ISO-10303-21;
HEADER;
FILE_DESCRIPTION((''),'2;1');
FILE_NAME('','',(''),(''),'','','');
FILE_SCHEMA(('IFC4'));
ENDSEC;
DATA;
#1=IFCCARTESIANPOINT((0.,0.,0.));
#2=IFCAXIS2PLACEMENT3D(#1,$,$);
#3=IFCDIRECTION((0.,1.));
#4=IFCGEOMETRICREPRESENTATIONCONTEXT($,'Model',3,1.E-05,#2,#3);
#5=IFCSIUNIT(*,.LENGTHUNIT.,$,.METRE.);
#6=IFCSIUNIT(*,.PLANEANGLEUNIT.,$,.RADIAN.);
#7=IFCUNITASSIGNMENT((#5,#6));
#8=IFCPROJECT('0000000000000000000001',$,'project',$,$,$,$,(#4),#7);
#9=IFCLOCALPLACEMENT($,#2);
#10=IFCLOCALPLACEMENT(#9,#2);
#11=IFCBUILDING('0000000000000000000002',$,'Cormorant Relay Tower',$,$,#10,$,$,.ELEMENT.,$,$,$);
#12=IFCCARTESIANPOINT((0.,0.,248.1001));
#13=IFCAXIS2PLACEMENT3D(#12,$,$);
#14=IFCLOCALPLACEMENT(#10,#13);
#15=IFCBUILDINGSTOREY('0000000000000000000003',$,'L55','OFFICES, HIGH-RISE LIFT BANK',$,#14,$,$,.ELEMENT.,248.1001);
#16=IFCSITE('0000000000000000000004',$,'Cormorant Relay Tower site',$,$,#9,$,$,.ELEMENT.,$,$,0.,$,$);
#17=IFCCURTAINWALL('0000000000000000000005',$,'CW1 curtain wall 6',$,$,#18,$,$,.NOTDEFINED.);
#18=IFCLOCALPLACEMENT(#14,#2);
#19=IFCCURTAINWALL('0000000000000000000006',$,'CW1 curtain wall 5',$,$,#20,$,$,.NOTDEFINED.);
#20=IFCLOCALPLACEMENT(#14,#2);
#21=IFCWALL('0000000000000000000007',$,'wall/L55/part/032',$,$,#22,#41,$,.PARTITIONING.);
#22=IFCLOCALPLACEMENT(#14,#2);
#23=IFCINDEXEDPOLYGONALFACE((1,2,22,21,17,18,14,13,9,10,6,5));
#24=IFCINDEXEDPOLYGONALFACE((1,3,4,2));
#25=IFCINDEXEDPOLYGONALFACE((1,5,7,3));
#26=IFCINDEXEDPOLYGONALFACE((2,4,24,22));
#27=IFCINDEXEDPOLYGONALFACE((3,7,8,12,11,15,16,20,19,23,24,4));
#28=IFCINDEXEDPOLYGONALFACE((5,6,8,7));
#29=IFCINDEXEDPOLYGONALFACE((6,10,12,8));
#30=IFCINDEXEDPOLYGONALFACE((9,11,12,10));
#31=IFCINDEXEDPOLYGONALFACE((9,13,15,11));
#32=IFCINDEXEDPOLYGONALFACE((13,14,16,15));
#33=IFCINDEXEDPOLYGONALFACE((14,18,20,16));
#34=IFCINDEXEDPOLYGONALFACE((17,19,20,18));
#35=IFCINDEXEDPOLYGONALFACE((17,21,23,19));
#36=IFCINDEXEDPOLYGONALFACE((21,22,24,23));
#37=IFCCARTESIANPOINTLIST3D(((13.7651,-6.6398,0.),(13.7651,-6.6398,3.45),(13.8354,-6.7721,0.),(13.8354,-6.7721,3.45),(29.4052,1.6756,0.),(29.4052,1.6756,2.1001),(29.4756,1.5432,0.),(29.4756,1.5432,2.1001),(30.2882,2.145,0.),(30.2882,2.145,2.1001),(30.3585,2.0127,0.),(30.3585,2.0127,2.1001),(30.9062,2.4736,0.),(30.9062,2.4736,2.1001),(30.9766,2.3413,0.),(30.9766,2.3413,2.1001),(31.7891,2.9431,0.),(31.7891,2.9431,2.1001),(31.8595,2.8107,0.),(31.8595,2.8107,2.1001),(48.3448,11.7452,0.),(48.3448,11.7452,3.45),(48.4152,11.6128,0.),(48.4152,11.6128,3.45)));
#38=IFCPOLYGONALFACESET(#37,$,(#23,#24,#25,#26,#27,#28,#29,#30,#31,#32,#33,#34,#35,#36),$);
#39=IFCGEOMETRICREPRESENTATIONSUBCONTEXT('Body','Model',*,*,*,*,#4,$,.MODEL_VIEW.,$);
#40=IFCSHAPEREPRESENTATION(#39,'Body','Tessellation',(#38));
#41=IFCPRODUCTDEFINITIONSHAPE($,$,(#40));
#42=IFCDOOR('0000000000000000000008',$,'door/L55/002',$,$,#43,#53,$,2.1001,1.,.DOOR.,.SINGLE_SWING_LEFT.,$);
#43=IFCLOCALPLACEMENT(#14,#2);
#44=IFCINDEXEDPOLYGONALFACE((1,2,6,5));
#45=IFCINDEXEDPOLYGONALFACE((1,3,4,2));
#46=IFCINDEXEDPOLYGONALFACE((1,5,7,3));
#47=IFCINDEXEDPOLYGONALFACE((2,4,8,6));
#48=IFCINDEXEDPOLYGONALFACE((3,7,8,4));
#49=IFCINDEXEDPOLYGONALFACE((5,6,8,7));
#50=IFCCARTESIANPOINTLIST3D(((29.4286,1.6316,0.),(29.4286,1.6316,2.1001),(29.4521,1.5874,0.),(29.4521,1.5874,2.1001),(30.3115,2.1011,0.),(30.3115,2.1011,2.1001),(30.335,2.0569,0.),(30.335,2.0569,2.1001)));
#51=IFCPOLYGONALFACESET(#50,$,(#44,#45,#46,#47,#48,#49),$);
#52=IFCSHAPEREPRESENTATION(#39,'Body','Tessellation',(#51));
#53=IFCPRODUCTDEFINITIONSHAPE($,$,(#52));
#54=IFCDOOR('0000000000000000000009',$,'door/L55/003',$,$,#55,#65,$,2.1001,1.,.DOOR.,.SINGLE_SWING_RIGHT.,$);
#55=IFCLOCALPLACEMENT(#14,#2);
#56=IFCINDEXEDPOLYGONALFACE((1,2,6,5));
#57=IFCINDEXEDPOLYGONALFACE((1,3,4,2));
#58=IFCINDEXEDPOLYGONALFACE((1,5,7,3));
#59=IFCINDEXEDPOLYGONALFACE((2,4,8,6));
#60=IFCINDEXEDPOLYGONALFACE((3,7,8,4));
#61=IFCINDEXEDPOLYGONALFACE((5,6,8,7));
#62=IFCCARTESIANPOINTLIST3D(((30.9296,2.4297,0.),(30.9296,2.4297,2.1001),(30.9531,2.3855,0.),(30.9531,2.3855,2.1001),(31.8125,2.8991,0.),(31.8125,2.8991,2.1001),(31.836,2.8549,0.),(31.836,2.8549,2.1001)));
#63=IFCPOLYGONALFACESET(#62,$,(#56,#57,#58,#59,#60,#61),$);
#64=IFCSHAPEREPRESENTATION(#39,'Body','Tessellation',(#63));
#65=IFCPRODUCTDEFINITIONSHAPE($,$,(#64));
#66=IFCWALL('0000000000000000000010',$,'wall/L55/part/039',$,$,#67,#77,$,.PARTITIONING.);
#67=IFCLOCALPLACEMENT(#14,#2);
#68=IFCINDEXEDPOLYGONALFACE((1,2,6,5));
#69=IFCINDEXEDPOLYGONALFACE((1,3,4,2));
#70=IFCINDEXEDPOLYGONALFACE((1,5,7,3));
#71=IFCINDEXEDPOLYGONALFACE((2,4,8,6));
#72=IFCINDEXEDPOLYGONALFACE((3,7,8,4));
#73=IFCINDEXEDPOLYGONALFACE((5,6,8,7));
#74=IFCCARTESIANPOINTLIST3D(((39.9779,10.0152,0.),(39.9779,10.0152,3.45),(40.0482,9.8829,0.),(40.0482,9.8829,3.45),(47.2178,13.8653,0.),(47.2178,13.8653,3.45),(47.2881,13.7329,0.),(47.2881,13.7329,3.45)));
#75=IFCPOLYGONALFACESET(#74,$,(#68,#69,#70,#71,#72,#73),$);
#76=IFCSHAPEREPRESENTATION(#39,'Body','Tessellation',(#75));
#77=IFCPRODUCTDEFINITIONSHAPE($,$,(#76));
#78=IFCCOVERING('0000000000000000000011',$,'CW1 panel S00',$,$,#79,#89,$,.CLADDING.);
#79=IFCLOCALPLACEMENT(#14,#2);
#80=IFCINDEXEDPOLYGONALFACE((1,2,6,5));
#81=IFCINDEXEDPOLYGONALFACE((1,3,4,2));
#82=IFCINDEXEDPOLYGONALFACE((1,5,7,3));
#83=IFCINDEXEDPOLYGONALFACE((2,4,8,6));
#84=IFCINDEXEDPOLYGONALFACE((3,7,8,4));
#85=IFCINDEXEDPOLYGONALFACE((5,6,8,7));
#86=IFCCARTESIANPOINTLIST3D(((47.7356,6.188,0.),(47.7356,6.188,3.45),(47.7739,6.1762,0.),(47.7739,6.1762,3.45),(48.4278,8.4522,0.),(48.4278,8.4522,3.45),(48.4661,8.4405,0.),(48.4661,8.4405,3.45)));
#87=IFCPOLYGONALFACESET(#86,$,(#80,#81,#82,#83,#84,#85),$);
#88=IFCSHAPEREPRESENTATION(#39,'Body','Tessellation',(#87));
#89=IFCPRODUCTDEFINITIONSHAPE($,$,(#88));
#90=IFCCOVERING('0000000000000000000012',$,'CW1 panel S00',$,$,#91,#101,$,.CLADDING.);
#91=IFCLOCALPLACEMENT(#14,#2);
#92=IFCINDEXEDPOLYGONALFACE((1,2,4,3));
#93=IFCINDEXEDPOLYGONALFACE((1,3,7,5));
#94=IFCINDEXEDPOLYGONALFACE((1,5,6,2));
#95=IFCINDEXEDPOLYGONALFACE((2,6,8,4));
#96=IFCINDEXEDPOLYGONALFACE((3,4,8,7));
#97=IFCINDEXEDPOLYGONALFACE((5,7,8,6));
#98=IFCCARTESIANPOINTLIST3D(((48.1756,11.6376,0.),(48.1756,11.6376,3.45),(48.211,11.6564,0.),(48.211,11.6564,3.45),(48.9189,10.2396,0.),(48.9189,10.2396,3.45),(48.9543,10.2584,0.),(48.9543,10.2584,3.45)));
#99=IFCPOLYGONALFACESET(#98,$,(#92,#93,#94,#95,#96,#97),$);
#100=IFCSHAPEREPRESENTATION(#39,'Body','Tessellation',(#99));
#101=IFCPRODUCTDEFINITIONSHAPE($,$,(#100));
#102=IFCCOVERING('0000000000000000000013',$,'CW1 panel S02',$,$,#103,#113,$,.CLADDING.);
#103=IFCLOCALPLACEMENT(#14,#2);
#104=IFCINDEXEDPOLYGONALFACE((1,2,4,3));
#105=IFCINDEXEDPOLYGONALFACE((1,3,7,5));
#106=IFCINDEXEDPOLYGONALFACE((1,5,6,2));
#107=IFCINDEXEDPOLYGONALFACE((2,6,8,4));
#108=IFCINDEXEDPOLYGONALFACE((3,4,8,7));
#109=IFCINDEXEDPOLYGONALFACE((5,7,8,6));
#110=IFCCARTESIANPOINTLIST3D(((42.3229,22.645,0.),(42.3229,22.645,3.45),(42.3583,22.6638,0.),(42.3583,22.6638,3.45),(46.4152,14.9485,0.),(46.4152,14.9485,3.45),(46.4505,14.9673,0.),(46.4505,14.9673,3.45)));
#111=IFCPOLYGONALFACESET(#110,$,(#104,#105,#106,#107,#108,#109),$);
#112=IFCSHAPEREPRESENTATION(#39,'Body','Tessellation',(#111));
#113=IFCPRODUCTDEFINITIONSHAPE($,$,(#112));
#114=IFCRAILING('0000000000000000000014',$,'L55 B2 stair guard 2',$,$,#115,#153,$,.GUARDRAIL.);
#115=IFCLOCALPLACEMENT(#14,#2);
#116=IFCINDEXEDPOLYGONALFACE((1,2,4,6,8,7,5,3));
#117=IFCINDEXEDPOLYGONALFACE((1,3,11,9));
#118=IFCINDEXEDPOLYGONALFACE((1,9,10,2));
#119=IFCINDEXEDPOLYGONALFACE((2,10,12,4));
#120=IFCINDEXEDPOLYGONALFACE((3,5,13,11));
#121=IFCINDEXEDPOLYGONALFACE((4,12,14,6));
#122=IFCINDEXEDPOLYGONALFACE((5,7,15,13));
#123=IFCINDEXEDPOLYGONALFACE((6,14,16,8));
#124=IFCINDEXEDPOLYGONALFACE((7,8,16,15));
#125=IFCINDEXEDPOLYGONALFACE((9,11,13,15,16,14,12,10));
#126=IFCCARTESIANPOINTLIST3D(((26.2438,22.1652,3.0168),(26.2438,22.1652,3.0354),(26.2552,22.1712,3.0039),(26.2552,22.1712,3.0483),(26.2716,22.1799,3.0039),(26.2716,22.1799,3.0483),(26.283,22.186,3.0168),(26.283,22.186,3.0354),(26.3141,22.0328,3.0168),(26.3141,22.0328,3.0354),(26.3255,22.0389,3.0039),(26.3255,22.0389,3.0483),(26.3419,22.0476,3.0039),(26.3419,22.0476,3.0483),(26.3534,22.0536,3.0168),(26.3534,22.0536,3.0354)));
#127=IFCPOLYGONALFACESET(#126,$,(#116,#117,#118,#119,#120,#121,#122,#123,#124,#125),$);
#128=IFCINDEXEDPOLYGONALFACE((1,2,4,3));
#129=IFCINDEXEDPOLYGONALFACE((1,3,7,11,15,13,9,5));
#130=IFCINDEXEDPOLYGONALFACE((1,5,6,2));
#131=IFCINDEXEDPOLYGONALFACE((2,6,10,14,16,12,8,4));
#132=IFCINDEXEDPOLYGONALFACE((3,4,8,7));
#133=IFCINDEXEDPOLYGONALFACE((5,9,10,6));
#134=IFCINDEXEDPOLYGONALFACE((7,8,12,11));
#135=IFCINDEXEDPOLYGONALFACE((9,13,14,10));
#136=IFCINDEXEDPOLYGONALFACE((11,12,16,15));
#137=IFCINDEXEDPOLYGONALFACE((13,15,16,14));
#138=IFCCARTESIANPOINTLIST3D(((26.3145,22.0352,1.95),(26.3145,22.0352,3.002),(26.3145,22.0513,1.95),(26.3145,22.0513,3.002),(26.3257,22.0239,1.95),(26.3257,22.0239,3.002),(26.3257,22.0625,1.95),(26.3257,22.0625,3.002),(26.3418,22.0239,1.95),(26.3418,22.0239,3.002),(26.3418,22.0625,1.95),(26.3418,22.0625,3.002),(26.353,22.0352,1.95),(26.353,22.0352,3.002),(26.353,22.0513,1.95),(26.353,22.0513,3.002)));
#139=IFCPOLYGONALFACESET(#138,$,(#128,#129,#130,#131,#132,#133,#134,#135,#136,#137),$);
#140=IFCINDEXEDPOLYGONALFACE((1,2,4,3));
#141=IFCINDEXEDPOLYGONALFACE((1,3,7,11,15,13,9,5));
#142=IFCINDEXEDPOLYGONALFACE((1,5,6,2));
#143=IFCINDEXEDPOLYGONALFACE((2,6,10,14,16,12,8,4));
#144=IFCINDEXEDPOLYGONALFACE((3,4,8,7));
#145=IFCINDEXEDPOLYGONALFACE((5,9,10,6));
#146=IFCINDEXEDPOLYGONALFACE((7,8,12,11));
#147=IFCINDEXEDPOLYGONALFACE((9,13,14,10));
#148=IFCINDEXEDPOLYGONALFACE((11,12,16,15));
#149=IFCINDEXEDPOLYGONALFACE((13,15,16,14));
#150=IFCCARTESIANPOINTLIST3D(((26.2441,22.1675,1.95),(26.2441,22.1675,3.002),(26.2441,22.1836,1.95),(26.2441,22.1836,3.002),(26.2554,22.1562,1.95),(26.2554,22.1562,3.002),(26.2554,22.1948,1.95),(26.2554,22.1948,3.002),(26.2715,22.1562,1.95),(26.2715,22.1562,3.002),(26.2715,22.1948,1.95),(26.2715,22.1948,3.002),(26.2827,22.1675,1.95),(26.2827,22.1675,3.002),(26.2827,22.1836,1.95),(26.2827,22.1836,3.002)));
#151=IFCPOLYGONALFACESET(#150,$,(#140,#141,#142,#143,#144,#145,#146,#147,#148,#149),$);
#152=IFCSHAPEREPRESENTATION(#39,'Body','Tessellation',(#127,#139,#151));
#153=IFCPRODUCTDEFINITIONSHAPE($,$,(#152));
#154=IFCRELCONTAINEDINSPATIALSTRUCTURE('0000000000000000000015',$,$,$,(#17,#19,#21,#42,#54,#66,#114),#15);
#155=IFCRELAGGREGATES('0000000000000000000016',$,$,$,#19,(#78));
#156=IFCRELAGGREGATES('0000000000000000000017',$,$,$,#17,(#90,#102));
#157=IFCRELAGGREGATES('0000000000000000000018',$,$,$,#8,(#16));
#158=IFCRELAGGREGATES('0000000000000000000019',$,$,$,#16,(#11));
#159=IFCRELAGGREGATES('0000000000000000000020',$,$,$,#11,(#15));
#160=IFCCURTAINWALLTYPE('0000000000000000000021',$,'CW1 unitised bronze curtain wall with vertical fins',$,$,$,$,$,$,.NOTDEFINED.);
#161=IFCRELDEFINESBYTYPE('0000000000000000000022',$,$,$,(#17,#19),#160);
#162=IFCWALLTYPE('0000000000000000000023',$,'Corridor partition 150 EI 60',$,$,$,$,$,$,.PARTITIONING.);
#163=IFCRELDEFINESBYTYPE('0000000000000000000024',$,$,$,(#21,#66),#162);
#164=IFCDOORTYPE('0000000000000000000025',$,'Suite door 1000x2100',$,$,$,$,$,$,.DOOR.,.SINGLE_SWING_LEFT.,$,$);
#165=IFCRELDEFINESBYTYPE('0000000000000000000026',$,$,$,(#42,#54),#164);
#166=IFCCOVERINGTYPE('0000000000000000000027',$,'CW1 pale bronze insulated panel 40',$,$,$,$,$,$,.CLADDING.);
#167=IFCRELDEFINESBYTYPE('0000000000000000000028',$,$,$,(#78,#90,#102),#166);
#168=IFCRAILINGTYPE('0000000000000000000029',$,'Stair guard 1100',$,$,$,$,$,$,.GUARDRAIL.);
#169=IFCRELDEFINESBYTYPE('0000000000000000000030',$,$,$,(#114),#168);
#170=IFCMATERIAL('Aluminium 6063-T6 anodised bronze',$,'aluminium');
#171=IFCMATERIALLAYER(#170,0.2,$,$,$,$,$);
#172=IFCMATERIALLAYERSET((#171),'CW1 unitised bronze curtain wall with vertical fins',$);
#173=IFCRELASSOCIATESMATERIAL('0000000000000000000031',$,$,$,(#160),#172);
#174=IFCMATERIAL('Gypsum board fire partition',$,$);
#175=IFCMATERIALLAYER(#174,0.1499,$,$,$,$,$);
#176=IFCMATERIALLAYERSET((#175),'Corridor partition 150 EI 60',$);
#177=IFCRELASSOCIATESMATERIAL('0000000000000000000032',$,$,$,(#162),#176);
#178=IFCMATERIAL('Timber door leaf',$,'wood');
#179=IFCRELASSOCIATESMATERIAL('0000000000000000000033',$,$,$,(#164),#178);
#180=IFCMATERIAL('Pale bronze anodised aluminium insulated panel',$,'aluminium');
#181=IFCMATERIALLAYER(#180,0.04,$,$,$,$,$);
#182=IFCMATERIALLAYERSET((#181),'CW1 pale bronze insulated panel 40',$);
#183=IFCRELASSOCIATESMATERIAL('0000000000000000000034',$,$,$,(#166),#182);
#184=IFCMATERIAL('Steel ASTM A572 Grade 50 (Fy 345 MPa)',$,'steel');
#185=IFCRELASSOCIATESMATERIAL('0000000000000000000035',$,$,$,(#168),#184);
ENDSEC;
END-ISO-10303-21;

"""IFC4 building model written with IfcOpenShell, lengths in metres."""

from ifc_helpers import new_model, si_unit, direction, frame, frame_2d, origin, origin_2d, place, context, subcontext, project, spatial, polyline, rectangle, outline, extrude, material, layer, layer_set, type_object, element, fill, aggregate, save


model = new_model("IFC4")

# Units and contexts
model_context = context("Model", 3, precision=1e-05, world=origin(), true_north=direction((0.0, 1.0)))
body_context = subcontext(model_context, "Body", "Model", "MODEL_VIEW")
ifc_project = project(units=[si_unit("LENGTHUNIT", "METRE"), si_unit("PLANEANGLEUNIT", "RADIAN")], contexts=[model_context])

# Site, building, storey
site_placement = place(None, origin())
site = spatial("IfcSite", under=ifc_project, at=site_placement, Name="Cormorant Relay Tower site", CompositionType="ELEMENT", RefElevation=0.0)
building_placement = place(site_placement, origin())
building = spatial("IfcBuilding", under=site, at=building_placement, Name="Cormorant Relay Tower", CompositionType="ELEMENT")
storey_placement = place(building_placement, frame((0.0, 0.0, 248.1001)))
storey = spatial("IfcBuildingStorey", under=building, at=storey_placement, Name="L55", Description="OFFICES, HIGH-RISE LIFT BANK", CompositionType="ELEMENT", Elevation=248.1001)

# Curtain wall
ifc_material_1 = material(Name="Aluminium 6063-T6 anodised bronze", Category="aluminium")
ifc_layer_1 = layer(ifc_material_1, 0.2)
ifc_layer_set_1 = layer_set([ifc_layer_1], Name="CW1 unitised bronze curtain wall with vertical fins")
curtain_wall_type = type_object("IfcCurtainWallType", Name="CW1 unitised bronze curtain wall with vertical fins", PredefinedType="NOTDEFINED", material=ifc_layer_set_1)
curtain_wall_1_placement = place(storey_placement, origin())
curtain_wall_1 = element("IfcCurtainWall", 1, at=curtain_wall_1_placement, inside=storey, type_object=curtain_wall_type, Name="CW1 curtain wall 6", PredefinedType="NOTDEFINED")

# Curtain wall
curtain_wall_2_placement = place(storey_placement, origin())
curtain_wall_2 = element("IfcCurtainWall", 2, at=curtain_wall_2_placement, inside=storey, type_object=curtain_wall_type, Name="CW1 curtain wall 5", PredefinedType="NOTDEFINED")

# Wall, openings, doors
ifc_material_2 = material(Name="Gypsum board fire partition")
ifc_layer_2 = layer(ifc_material_2, 0.1499)
ifc_layer_set_2 = layer_set([ifc_layer_2], Name="Corridor partition 150 EI 60")
wall_type_1 = type_object("IfcWallType", Name="Corridor partition 150 EI 60", PredefinedType="PARTITIONING", material=ifc_layer_set_2)
wall_1_placement = place(storey_placement, frame((48.3799, 11.679, 0.0), z_axis=(0.0, 0.0, 1.0), x_axis=(-0.882963, -0.469443, 0.0)))
wall_1 = element("IfcWall", 3, at=wall_1_placement, inside=storey, type_object=wall_type_1, Name="wall/L55/part/032", PredefinedType="PARTITIONING", context=body_context, shape_type="SweptSolid", body=[
    extrude(rectangle(XDim=39.1633, YDim=0.1499, at=frame_2d((19.5815, 0.0))), origin(), (0.0, 0.0, 1.0), 3.45),
])
opening_1_placement = place(wall_1_placement, frame((20.45, 0.0, 0.0)))
opening_1 = element("IfcOpeningElement", 4, at=opening_1_placement, cuts=wall_1, PredefinedType="OPENING", context=body_context, shape_type="SweptSolid", body=[
    extrude(rectangle(XDim=1.0, YDim=2.1001, at=frame_2d((0.5, 1.05))), frame((0.0, 0.085, 0.0), z_axis=(0.0, -1.0, 0.0), x_axis=(1.0, 0.0, 0.0)), (0.0, 0.0, 1.0), 0.1699),
])
opening_2_placement = place(wall_1_placement, frame((18.75, 0.0, 0.0)))
opening_2 = element("IfcOpeningElement", 5, at=opening_2_placement, cuts=wall_1, PredefinedType="OPENING", context=body_context, shape_type="SweptSolid", body=[
    extrude(rectangle(XDim=1.0, YDim=2.1001, at=frame_2d((0.5, 1.05))), frame((0.0, 0.085, 0.0), z_axis=(0.0, -1.0, 0.0), x_axis=(1.0, 0.0, 0.0)), (0.0, 0.0, 1.0), 0.1699),
])
ifc_material_3 = material(Name="Timber door leaf", Category="wood")
door_type_1 = type_object("IfcDoorType", Name="Suite door 1000x2100", OperationType="SINGLE_SWING_LEFT", PredefinedType="DOOR", material=ifc_material_3)
door_1_placement = place(opening_1_placement, origin())
door_1 = element("IfcDoor", 6, at=door_1_placement, inside=storey, type_object=door_type_1, Name="door/L55/002", OperationType="SINGLE_SWING_LEFT", OverallHeight=2.1001, OverallWidth=1.0, PredefinedType="DOOR", context=body_context, shape_type="SweptSolid", body=[
    extrude(rectangle(XDim=1.0, YDim=2.1001, at=frame_2d((0.5, 1.05))), frame((0.0, 0.0249, 0.0), z_axis=(0.0, -1.0, 0.0), x_axis=(1.0, 0.0, 0.0)), (0.0, 0.0, 1.0), 0.05),
])
fill(opening_1, door_1)
door_2_placement = place(opening_2_placement, origin())
door_2 = element("IfcDoor", 7, at=door_2_placement, inside=storey, type_object=door_type_1, Name="door/L55/003", OperationType="SINGLE_SWING_RIGHT", OverallHeight=2.1001, OverallWidth=1.0, PredefinedType="DOOR", context=body_context, shape_type="SweptSolid", body=[
    extrude(rectangle(XDim=1.0, YDim=2.1001, at=frame_2d((0.5, 1.05))), frame((0.0, 0.0249, 0.0), z_axis=(0.0, -1.0, 0.0), x_axis=(1.0, 0.0, 0.0)), (0.0, 0.0, 1.0), 0.05),
])
fill(opening_2, door_2)

# Wall
wall_2_placement = place(storey_placement, frame((40.0129, 9.949, 0.0), z_axis=(0.0, 0.0, 1.0), x_axis=(0.882921, 0.469522, 0.0)))
element("IfcWall", 8, at=wall_2_placement, inside=storey, type_object=wall_type_1, Name="wall/L55/part/039", PredefinedType="PARTITIONING", context=body_context, shape_type="SweptSolid", body=[
    extrude(rectangle(XDim=8.2, YDim=0.1499, at=frame_2d((4.1001, 0.0))), origin(), (0.0, 0.0, 1.0), 3.45),
])

# Coverings
ifc_material_4 = material(Name="Pale bronze anodised aluminium insulated panel", Category="aluminium")
ifc_layer_3 = layer(ifc_material_4, 0.04)
ifc_layer_set_3 = layer_set([ifc_layer_3], Name="CW1 pale bronze insulated panel 40")
covering_type = type_object("IfcCoveringType", Name="CW1 pale bronze insulated panel 40", PredefinedType="CLADDING", material=ifc_layer_set_3)
covering_1_placement = place(storey_placement, frame((48.1008, 7.3142, 0.0), z_axis=(0.0, 0.0, 1.0), x_axis=(0.292372, 0.956305, 0.0)))
covering_1 = element("IfcCovering", 9, at=covering_1_placement, type_object=covering_type, Name="CW1 panel S00", PredefinedType="CLADDING", context=body_context, shape_type="SweptSolid", body=[
    extrude(rectangle(XDim=2.3677, YDim=0.04, at=origin_2d()), origin(), (0.0, 0.0, 1.0), 3.45),
])
aggregate(curtain_wall_2, [covering_1])
covering_2_placement = place(storey_placement, frame((48.5649, 10.948, 0.0), z_axis=(0.0, 0.0, 1.0), x_axis=(-0.469472, 0.882948, 0.0)))
covering_2 = element("IfcCovering", 10, at=covering_2_placement, type_object=covering_type, Name="CW1 panel S00", PredefinedType="CLADDING", context=body_context, shape_type="SweptSolid", body=[
    extrude(rectangle(XDim=1.5833, YDim=0.04, at=origin_2d()), origin(), (0.0, 0.0, 1.0), 3.45),
])
covering_3_placement = place(storey_placement, frame((44.3867, 18.8062, 0.0), z_axis=(0.0, 0.0, 1.0), x_axis=(-0.469472, 0.882948, 0.0)))
covering_3 = element("IfcCovering", 11, at=covering_3_placement, type_object=covering_type, Name="CW1 panel S02", PredefinedType="CLADDING", context=body_context, shape_type="SweptSolid", body=[
    extrude(rectangle(XDim=8.7168, YDim=0.04, at=origin_2d()), origin(), (0.0, 0.0, 1.0), 3.45),
])
aggregate(curtain_wall_1, [covering_2, covering_3])

# Railing
ifc_material_5 = material(Name="Steel ASTM A572 Grade 50 (Fy 345 MPa)", Category="steel")
railing_type = type_object("IfcRailingType", Name="Stair guard 1100", PredefinedType="GUARDRAIL", material=ifc_material_5)
railing_1_placement = place(storey_placement, frame((26.3337, 22.0432, 1.95)))
element("IfcRailing", 12, at=railing_1_placement, inside=storey, type_object=railing_type, Name="L55 B2 stair guard 2", PredefinedType="GUARDRAIL", context=body_context, shape_type="SweptSolid", body=[
    extrude(outline(polyline([(0.0222, 0.0093), (0.0093, 0.0222), (-0.0093, 0.0222), (-0.0222, 0.0093), (-0.0222, -0.0093), (-0.0093, -0.0222), (0.0093, -0.0222), (0.0222, -0.0093), (0.0222, 0.0093)])), frame((0.0, 0.0, 1.0762), z_axis=(-0.469235, 0.883074, 0.0), x_axis=(-0.883074, -0.469235, 0.0)), (0.0, 0.0, 1.0), 0.1499),
    extrude(outline(polyline([(0.0193, 0.0081), (0.0081, 0.0193), (-0.0081, 0.0193), (-0.0193, 0.0081), (-0.0193, -0.0081), (-0.0081, -0.0193), (0.0081, -0.0193), (0.0193, -0.0081), (0.0193, 0.0081)])), origin(), (0.0, 0.0, 1.0), 1.052),
    extrude(outline(polyline([(0.0193, 0.0081), (0.0081, 0.0193), (-0.0081, 0.0193), (-0.0193, 0.0081), (-0.0193, -0.0081), (-0.0081, -0.0193), (0.0081, -0.0193), (0.0193, -0.0081), (0.0193, 0.0081)])), frame((-0.0703, 0.1323, 0.0)), (0.0, 0.0, 1.0), 1.052),
])

save(model, "model.ifc")
